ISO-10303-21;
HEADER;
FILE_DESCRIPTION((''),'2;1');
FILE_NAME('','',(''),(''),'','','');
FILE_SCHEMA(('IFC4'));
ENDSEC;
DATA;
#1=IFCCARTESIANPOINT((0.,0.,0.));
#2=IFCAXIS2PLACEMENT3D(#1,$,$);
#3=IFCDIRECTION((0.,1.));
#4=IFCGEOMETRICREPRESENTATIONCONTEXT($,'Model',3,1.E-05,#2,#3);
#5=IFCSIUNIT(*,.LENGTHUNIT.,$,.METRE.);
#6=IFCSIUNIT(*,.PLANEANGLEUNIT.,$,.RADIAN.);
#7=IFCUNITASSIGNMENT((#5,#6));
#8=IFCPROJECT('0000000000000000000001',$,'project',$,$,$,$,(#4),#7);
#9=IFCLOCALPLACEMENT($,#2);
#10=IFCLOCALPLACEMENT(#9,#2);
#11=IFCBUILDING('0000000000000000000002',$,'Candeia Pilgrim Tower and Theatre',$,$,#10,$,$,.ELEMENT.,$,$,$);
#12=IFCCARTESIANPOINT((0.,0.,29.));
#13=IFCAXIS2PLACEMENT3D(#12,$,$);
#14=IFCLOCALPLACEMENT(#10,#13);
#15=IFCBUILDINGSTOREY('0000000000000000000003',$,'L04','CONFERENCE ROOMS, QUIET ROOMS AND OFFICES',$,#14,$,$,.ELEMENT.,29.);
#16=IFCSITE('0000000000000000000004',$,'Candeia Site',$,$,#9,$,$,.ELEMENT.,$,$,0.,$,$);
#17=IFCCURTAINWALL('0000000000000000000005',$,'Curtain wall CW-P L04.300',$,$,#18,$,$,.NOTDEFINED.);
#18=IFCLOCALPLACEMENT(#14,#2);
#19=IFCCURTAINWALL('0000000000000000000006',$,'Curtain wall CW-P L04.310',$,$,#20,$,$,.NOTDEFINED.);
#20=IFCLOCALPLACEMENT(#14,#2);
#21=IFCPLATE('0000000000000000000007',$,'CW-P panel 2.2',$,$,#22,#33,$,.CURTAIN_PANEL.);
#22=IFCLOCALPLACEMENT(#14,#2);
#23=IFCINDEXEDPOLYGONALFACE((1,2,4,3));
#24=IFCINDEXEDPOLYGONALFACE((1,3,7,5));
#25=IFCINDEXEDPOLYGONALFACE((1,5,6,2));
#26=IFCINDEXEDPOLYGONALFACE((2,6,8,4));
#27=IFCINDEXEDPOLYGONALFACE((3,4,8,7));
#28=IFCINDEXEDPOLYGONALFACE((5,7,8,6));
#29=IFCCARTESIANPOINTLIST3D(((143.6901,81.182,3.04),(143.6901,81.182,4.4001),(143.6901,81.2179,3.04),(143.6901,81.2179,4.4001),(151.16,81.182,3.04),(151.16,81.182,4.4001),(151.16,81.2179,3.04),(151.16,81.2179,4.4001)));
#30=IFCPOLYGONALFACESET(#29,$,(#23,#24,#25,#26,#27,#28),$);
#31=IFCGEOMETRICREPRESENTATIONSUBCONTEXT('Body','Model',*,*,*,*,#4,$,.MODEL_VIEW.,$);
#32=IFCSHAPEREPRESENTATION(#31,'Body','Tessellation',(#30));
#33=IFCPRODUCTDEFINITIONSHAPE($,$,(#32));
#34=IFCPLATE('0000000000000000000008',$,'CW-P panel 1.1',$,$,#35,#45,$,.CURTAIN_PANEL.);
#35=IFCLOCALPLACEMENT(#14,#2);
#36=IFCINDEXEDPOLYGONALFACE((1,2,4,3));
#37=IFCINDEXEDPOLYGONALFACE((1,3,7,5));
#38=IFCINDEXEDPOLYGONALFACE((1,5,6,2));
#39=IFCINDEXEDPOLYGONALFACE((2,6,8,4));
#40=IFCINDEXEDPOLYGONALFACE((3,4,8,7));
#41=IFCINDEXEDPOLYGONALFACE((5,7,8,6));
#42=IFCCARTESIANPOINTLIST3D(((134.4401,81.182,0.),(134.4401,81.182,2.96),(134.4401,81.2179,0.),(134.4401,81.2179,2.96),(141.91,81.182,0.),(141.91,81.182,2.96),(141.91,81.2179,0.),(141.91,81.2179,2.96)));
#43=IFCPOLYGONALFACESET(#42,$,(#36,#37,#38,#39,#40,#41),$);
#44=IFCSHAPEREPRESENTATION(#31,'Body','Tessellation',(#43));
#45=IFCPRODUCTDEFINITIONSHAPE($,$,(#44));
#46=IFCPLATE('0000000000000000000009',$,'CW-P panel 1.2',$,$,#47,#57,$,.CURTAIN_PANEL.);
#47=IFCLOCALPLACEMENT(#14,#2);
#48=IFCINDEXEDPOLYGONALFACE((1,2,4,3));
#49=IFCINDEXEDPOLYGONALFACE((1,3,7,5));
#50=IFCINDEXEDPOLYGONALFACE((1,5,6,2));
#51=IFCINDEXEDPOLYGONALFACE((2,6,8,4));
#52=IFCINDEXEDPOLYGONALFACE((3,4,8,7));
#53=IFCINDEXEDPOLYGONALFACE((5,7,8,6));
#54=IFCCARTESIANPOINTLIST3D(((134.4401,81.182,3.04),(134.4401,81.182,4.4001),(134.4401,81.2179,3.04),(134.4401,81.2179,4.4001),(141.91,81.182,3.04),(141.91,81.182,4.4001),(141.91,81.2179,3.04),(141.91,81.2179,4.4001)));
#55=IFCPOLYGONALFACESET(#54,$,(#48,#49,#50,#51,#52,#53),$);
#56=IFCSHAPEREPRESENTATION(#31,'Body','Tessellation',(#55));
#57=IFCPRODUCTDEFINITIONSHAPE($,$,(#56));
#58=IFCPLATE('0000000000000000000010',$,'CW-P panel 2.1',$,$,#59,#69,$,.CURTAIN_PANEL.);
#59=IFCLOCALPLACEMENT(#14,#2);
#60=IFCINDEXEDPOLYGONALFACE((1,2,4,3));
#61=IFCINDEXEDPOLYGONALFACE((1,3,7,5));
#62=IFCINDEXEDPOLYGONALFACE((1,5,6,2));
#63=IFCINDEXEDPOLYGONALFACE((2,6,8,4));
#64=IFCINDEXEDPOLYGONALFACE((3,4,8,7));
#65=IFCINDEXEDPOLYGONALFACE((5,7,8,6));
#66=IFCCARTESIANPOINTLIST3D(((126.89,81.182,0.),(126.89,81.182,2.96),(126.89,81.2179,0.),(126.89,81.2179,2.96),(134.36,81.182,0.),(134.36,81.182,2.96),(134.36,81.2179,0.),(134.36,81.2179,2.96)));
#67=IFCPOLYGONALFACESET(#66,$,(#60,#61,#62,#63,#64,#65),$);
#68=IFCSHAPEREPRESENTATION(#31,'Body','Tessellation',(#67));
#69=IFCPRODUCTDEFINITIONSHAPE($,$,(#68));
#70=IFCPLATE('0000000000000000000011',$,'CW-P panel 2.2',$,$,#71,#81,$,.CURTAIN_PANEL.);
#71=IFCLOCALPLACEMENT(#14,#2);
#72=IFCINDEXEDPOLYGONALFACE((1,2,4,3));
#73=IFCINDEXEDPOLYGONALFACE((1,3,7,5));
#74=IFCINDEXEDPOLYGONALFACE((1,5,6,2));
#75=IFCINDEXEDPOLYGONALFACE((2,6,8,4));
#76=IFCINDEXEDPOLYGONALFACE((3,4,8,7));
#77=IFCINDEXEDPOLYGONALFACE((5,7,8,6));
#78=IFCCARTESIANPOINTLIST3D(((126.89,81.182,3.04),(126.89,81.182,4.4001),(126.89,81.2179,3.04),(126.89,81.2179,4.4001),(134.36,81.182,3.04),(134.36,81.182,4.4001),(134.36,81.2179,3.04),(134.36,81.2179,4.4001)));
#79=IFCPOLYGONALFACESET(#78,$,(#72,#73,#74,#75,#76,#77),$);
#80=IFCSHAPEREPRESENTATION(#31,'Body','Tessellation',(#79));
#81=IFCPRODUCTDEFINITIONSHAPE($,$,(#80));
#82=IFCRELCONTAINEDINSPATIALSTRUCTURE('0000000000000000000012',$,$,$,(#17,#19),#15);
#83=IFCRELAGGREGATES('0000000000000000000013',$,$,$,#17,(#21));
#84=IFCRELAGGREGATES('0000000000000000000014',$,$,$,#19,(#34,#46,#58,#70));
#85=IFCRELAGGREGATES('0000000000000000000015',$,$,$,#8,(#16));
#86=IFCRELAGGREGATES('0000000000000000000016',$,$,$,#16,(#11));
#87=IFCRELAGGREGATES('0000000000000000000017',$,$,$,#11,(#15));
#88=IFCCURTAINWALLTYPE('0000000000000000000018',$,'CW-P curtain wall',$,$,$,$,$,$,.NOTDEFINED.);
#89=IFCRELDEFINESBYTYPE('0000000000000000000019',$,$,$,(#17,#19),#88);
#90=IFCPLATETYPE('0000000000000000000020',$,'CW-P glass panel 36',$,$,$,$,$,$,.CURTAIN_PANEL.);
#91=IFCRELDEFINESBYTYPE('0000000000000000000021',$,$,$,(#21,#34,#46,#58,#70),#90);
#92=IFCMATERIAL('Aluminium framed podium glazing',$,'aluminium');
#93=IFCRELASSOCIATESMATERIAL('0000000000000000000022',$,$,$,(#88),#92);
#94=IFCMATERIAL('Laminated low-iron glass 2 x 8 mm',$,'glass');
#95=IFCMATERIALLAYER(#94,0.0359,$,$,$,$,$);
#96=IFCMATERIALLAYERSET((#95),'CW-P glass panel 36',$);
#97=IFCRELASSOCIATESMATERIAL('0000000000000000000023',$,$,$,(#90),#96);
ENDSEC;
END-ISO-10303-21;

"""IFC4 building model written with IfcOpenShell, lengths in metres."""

from ifc_helpers import new_model, si_unit, direction, frame, origin, origin_2d, place, context, subcontext, project, spatial, rectangle, extrude, material, layer, layer_set, type_object, element, aggregate, save


model = new_model("IFC4")

# Units and contexts
model_context = context("Model", 3, precision=1e-05, world=origin(), true_north=direction((0.0, 1.0)))
body_context = subcontext(model_context, "Body", "Model", "MODEL_VIEW")
ifc_project = project(units=[si_unit("LENGTHUNIT", "METRE"), si_unit("PLANEANGLEUNIT", "RADIAN")], contexts=[model_context])

# Site, building, storey
site_placement = place(None, origin())
site = spatial("IfcSite", under=ifc_project, at=site_placement, Name="Candeia Site", CompositionType="ELEMENT", RefElevation=0.0)
building_placement = place(site_placement, origin())
building = spatial("IfcBuilding", under=site, at=building_placement, Name="Candeia Pilgrim Tower and Theatre", CompositionType="ELEMENT")
storey_placement = place(building_placement, frame((0.0, 0.0, 29.0)))
storey = spatial("IfcBuildingStorey", under=building, at=storey_placement, Name="L04", Description="CONFERENCE ROOMS, QUIET ROOMS AND OFFICES", CompositionType="ELEMENT", Elevation=29.0)

# Curtain walls
ifc_material_1 = material(Name="Aluminium framed podium glazing", Category="aluminium")
curtain_wall_type = type_object("IfcCurtainWallType", Name="CW-P curtain wall", PredefinedType="NOTDEFINED", material=ifc_material_1)
curtain_wall_1_placement = place(storey_placement, origin())
curtain_wall_1 = element("IfcCurtainWall", 1, at=curtain_wall_1_placement, inside=storey, type_object=curtain_wall_type, Name="Curtain wall CW-P L04.300", PredefinedType="NOTDEFINED")
curtain_wall_2_placement = place(storey_placement, origin())
curtain_wall_2 = element("IfcCurtainWall", 2, at=curtain_wall_2_placement, inside=storey, type_object=curtain_wall_type, Name="Curtain wall CW-P L04.310", PredefinedType="NOTDEFINED")

# Plates
ifc_material_2 = material(Name="Laminated low-iron glass 2 x 8 mm", Category="glass")
ifc_layer = layer(ifc_material_2, 0.0359)
ifc_layer_set = layer_set([ifc_layer], Name="CW-P glass panel 36")
plate_type = type_object("IfcPlateType", Name="CW-P glass panel 36", PredefinedType="CURTAIN_PANEL", material=ifc_layer_set)
plate_1_placement = place(storey_placement, frame((147.425, 81.2, 3.04), z_axis=(0.0, 0.0, 1.0), x_axis=(-1.0, 0.0, 0.0)))
plate_1 = element("IfcPlate", 3, at=plate_1_placement, type_object=plate_type, Name="CW-P panel 2.2", PredefinedType="CURTAIN_PANEL", context=body_context, shape_type="SweptSolid", body=[
    extrude(rectangle(XDim=7.47, YDim=0.0359, at=origin_2d()), origin(), (0.0, 0.0, 1.0), 1.3601),
])
aggregate(curtain_wall_1, [plate_1])
plate_2_placement = place(storey_placement, frame((138.175, 81.2, 0.0), z_axis=(0.0, 0.0, 1.0), x_axis=(-1.0, 0.0, 0.0)))
plate_2 = element("IfcPlate", 4, at=plate_2_placement, type_object=plate_type, Name="CW-P panel 1.1", PredefinedType="CURTAIN_PANEL", context=body_context, shape_type="SweptSolid", body=[
    extrude(rectangle(XDim=7.47, YDim=0.0359, at=origin_2d()), origin(), (0.0, 0.0, 1.0), 2.96),
])
plate_3_placement = place(storey_placement, frame((138.175, 81.2, 3.04), z_axis=(0.0, 0.0, 1.0), x_axis=(-1.0, 0.0, 0.0)))
plate_3 = element("IfcPlate", 5, at=plate_3_placement, type_object=plate_type, Name="CW-P panel 1.2", PredefinedType="CURTAIN_PANEL", context=body_context, shape_type="SweptSolid", body=[
    extrude(rectangle(XDim=7.47, YDim=0.0359, at=origin_2d()), origin(), (0.0, 0.0, 1.0), 1.3601),
])
plate_4_placement = place(storey_placement, frame((130.625, 81.2, 0.0), z_axis=(0.0, 0.0, 1.0), x_axis=(-1.0, 0.0, 0.0)))
plate_4 = element("IfcPlate", 6, at=plate_4_placement, type_object=plate_type, Name="CW-P panel 2.1", PredefinedType="CURTAIN_PANEL", context=body_context, shape_type="SweptSolid", body=[
    extrude(rectangle(XDim=7.47, YDim=0.0359, at=origin_2d()), origin(), (0.0, 0.0, 1.0), 2.96),
])
plate_5_placement = place(storey_placement, frame((130.625, 81.2, 3.04), z_axis=(0.0, 0.0, 1.0), x_axis=(-1.0, 0.0, 0.0)))
plate_5 = element("IfcPlate", 7, at=plate_5_placement, type_object=plate_type, Name="CW-P panel 2.2", PredefinedType="CURTAIN_PANEL", context=body_context, shape_type="SweptSolid", body=[
    extrude(rectangle(XDim=7.47, YDim=0.0359, at=origin_2d()), origin(), (0.0, 0.0, 1.0), 1.3601),
])
aggregate(curtain_wall_2, [plate_2, plate_3, plate_4, plate_5])

save(model, "model.ifc")
